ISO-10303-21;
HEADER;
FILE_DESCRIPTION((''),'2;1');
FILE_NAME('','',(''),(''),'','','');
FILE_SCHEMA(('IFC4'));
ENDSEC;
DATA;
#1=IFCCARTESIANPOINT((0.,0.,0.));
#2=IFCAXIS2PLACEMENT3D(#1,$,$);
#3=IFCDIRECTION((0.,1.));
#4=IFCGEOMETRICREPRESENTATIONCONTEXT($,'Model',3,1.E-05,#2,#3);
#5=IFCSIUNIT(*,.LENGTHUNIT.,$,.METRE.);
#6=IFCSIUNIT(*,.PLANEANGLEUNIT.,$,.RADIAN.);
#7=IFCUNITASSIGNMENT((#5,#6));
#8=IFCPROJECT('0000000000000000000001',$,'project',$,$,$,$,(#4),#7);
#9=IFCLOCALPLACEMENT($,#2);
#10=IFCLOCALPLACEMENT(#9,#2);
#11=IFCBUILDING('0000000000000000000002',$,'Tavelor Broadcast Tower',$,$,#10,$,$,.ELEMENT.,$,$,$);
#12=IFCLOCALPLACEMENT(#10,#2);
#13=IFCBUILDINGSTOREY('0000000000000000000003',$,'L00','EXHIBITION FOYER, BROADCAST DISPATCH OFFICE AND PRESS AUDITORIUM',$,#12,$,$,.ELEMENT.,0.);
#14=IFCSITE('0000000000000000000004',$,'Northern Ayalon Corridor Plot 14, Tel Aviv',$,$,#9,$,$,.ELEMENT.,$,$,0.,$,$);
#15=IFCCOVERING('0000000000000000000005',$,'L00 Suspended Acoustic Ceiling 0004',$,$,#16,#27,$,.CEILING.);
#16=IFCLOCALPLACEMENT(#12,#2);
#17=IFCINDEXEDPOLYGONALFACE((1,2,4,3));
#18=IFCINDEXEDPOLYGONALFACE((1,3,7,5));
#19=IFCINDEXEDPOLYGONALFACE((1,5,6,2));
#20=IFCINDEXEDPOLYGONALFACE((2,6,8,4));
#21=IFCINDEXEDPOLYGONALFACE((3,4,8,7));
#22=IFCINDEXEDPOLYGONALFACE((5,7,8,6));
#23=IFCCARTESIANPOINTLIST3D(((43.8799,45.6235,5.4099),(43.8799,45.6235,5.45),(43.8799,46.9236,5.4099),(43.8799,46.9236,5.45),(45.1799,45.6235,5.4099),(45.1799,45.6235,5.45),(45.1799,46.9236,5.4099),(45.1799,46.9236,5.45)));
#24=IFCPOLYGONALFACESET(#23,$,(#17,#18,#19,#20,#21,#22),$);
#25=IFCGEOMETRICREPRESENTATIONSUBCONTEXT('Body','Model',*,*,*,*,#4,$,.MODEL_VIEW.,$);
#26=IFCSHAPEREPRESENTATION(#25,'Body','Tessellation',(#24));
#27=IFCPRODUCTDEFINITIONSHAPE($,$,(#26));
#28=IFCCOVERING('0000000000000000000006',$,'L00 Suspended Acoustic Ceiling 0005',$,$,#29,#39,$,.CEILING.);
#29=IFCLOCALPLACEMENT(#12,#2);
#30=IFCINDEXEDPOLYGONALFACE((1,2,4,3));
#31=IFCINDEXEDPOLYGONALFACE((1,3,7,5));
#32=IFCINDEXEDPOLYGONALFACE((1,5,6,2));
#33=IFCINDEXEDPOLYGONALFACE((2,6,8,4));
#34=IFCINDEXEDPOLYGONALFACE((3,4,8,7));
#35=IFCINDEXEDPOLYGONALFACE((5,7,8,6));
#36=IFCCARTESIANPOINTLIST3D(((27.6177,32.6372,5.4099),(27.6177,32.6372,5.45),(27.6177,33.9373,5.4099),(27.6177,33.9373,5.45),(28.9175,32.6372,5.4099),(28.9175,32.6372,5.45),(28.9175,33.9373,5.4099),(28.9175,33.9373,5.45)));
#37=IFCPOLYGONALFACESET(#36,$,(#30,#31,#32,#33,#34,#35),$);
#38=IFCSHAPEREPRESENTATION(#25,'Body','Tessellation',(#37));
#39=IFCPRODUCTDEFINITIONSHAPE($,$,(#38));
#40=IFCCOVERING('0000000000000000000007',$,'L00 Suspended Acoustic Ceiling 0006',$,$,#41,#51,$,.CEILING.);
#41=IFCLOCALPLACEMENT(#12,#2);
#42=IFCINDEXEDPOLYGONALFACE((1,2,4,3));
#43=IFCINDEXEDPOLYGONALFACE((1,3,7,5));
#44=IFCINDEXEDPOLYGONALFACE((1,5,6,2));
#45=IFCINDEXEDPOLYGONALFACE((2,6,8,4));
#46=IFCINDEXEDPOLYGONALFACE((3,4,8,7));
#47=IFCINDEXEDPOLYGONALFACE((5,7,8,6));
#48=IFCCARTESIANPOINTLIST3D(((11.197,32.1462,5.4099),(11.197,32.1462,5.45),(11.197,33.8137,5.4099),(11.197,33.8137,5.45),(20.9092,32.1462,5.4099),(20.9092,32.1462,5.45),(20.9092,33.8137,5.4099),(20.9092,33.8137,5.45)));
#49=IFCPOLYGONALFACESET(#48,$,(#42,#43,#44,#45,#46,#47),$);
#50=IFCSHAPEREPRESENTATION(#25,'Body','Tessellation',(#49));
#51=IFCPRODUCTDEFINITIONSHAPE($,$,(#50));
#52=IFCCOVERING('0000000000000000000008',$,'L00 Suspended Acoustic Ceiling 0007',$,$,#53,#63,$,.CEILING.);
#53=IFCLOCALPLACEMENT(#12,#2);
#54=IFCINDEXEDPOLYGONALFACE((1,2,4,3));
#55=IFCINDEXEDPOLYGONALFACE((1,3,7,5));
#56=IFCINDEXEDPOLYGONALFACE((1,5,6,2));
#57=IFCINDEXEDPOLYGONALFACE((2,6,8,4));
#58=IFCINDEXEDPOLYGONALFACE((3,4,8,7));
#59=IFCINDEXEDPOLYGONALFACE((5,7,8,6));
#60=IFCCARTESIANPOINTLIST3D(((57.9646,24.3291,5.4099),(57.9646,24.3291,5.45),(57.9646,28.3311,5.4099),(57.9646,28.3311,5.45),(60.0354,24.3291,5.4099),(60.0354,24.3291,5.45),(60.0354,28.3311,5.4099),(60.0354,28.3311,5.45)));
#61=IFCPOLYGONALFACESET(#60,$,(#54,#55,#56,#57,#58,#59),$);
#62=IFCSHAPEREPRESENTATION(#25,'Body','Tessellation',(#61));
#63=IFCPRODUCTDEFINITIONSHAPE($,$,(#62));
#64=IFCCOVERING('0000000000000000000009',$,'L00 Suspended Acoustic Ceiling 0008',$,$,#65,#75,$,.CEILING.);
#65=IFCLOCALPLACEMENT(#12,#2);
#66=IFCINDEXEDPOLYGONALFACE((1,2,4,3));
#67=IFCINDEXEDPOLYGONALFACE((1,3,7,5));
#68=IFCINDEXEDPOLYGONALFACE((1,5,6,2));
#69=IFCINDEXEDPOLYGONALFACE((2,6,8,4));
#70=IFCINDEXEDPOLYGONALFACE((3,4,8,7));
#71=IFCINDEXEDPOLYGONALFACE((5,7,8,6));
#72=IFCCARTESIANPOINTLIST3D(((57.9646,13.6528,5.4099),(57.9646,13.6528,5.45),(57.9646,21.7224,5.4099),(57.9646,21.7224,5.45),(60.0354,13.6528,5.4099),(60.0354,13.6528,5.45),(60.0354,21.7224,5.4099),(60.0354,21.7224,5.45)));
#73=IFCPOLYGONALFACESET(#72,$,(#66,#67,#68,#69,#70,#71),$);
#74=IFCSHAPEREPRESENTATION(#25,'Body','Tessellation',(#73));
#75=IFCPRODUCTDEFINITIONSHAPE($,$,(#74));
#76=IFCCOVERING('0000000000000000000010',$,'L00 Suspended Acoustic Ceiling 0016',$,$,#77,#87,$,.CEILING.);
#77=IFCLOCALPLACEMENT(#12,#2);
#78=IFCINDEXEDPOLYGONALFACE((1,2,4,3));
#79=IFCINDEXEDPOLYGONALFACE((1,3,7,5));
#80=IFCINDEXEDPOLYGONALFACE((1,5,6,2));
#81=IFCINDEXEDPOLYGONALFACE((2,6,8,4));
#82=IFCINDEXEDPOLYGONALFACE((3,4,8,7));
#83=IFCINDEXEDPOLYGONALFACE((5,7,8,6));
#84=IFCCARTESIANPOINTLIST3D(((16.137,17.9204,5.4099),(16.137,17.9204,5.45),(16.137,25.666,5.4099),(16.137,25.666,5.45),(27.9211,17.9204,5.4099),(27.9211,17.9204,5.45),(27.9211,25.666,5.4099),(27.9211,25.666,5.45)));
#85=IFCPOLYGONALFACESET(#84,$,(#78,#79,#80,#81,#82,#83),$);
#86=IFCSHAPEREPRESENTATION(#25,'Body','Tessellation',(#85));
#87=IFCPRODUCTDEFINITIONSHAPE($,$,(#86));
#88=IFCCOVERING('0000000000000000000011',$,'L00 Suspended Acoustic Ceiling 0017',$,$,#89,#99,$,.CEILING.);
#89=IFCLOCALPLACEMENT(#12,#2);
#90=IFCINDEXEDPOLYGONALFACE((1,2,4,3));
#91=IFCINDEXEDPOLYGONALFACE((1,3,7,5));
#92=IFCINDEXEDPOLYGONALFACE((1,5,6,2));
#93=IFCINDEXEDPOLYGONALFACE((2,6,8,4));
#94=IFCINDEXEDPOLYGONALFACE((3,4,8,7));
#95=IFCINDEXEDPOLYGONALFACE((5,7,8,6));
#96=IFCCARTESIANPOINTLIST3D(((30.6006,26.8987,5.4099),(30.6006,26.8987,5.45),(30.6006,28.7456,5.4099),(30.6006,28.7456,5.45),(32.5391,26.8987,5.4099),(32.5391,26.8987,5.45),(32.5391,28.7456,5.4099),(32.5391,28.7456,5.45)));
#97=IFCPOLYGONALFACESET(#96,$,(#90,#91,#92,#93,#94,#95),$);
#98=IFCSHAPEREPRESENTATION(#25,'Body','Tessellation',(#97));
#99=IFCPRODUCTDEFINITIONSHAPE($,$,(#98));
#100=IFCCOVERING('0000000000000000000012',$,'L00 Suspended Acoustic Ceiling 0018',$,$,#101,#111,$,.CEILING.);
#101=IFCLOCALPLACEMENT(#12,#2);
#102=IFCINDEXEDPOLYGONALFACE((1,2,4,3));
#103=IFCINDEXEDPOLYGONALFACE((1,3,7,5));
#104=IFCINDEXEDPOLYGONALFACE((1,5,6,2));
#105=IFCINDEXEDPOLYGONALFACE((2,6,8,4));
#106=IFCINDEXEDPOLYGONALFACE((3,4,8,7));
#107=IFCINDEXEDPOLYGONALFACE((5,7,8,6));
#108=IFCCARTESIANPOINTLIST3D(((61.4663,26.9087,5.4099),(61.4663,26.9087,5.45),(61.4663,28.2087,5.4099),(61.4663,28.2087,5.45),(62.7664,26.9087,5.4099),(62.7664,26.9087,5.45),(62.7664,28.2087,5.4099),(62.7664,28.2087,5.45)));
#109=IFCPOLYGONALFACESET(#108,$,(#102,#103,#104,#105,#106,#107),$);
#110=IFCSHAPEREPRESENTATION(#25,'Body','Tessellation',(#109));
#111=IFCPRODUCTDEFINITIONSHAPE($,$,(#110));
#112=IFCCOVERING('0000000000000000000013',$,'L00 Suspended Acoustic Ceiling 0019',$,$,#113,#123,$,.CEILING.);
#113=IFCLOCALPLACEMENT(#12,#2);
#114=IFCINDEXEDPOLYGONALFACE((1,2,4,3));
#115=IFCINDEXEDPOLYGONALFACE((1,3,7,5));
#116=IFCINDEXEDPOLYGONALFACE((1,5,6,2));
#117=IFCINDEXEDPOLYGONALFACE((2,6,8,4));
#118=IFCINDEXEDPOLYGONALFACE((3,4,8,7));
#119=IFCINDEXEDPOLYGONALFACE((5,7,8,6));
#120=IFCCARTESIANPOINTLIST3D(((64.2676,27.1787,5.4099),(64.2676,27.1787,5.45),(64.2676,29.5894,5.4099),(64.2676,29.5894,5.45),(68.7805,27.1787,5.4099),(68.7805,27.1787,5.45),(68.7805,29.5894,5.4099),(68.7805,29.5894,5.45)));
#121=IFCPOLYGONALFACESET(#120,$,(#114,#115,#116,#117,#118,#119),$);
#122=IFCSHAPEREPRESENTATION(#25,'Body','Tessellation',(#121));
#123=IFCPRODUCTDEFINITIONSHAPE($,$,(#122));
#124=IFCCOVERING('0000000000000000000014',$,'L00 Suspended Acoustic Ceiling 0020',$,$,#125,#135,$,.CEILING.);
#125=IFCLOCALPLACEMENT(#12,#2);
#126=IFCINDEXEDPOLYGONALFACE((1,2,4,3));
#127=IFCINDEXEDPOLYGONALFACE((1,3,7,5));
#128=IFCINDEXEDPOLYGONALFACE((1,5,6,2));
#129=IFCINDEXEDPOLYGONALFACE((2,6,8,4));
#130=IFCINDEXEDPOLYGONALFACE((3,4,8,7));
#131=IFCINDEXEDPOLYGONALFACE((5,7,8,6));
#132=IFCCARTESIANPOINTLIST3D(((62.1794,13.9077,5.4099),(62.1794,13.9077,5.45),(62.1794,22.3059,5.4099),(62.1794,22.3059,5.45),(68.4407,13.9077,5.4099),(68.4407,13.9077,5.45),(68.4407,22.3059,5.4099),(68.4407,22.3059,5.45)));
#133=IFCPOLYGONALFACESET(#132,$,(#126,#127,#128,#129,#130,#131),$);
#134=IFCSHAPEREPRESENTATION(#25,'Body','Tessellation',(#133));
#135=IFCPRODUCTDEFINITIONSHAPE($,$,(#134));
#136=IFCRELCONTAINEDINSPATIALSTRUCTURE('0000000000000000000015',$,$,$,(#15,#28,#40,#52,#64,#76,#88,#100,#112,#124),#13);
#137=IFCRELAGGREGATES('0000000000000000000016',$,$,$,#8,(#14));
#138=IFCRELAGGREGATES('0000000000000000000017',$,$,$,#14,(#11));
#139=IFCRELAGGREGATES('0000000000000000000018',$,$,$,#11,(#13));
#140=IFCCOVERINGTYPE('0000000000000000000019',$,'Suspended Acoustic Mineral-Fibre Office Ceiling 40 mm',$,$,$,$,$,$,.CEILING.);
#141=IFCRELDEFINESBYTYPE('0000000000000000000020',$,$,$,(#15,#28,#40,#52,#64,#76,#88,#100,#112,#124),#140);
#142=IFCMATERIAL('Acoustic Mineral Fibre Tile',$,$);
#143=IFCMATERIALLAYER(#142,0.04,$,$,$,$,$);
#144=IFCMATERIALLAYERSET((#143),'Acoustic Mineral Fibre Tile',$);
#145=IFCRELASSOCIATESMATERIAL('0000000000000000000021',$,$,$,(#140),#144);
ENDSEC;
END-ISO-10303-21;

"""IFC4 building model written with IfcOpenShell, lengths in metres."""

from ifc_helpers import new_model, si_unit, direction, frame, origin, place, context, subcontext, project, spatial, polyline, outline, extrude, material, layer, layer_set, type_object, element, save


model = new_model("IFC4")

# Units and contexts
model_context = context("Model", 3, precision=1e-05, world=origin(), true_north=direction((0.0, 1.0)))
body_context = subcontext(model_context, "Body", "Model", "MODEL_VIEW")
ifc_project = project(units=[si_unit("LENGTHUNIT", "METRE"), si_unit("PLANEANGLEUNIT", "RADIAN")], contexts=[model_context])

# Site, building, storey
site_placement = place(None, origin())
site = spatial("IfcSite", under=ifc_project, at=site_placement, Name="Northern Ayalon Corridor Plot 14, Tel Aviv", CompositionType="ELEMENT", RefElevation=0.0)
building_placement = place(site_placement, origin())
building = spatial("IfcBuilding", under=site, at=building_placement, Name="Tavelor Broadcast Tower", CompositionType="ELEMENT")
storey_placement = place(building_placement, origin())
storey = spatial("IfcBuildingStorey", under=building, at=storey_placement, Name="L00", Description="EXHIBITION FOYER, BROADCAST DISPATCH OFFICE AND PRESS AUDITORIUM", CompositionType="ELEMENT", Elevation=0.0)

# Coverings
ifc_material_1 = material(Name="Acoustic Mineral Fibre Tile")
ifc_layer_1 = layer(ifc_material_1, 0.04)
ifc_layer_set_1 = layer_set([ifc_layer_1], Name="Acoustic Mineral Fibre Tile")
covering_type_1 = type_object("IfcCoveringType", Name="Suspended Acoustic Mineral-Fibre Office Ceiling 40 mm", PredefinedType="CEILING", material=ifc_layer_set_1)
covering_1_placement = place(storey_placement, frame((0.0, 0.0, 5.4099)))
element("IfcCovering", 1, at=covering_1_placement, inside=storey, type_object=covering_type_1, Name="L00 Suspended Acoustic Ceiling 0004", PredefinedType="CEILING", context=body_context, shape_type="SweptSolid", body=[
    extrude(outline(polyline([(43.8799, 45.6235), (45.1799, 45.6235), (45.1799, 46.9236), (43.8799, 46.9236), (43.8799, 45.6235)])), origin(), (0.0, 0.0, 1.0), 0.04),
])
covering_2_placement = place(storey_placement, frame((0.0, 0.0, 5.4099)))
element("IfcCovering", 2, at=covering_2_placement, inside=storey, type_object=covering_type_1, Name="L00 Suspended Acoustic Ceiling 0005", PredefinedType="CEILING", context=body_context, shape_type="SweptSolid", body=[
    extrude(outline(polyline([(27.6177, 32.6372), (28.9175, 32.6372), (28.9175, 33.9373), (27.6177, 33.9373), (27.6177, 32.6372)])), origin(), (0.0, 0.0, 1.0), 0.04),
])
covering_3_placement = place(storey_placement, frame((0.0, 0.0, 5.4099)))
element("IfcCovering", 3, at=covering_3_placement, inside=storey, type_object=covering_type_1, Name="L00 Suspended Acoustic Ceiling 0006", PredefinedType="CEILING", context=body_context, shape_type="SweptSolid", body=[
    extrude(outline(polyline([(11.197, 32.1462), (20.9092, 32.1462), (20.9092, 33.8137), (11.197, 33.8137), (11.197, 32.1462)])), origin(), (0.0, 0.0, 1.0), 0.04),
])
covering_4_placement = place(storey_placement, frame((0.0, 0.0, 5.4099)))
element("IfcCovering", 4, at=covering_4_placement, inside=storey, type_object=covering_type_1, Name="L00 Suspended Acoustic Ceiling 0007", PredefinedType="CEILING", context=body_context, shape_type="SweptSolid", body=[
    extrude(outline(polyline([(57.9646, 24.3291), (60.0354, 24.3291), (60.0354, 28.3311), (57.9646, 28.3311), (57.9646, 24.3291)])), origin(), (0.0, 0.0, 1.0), 0.04),
])
covering_5_placement = place(storey_placement, frame((0.0, 0.0, 5.4099)))
element("IfcCovering", 5, at=covering_5_placement, inside=storey, type_object=covering_type_1, Name="L00 Suspended Acoustic Ceiling 0008", PredefinedType="CEILING", context=body_context, shape_type="SweptSolid", body=[
    extrude(outline(polyline([(57.9646, 13.6528), (60.0354, 13.6528), (60.0354, 21.7224), (57.9646, 21.7224), (57.9646, 13.6528)])), origin(), (0.0, 0.0, 1.0), 0.04),
])
covering_6_placement = place(storey_placement, frame((0.0, 0.0, 5.4099)))
element("IfcCovering", 6, at=covering_6_placement, inside=storey, type_object=covering_type_1, Name="L00 Suspended Acoustic Ceiling 0016", PredefinedType="CEILING", context=body_context, shape_type="SweptSolid", body=[
    extrude(outline(polyline([(16.137, 17.9204), (27.9211, 17.9204), (27.9211, 25.666), (16.137, 25.666), (16.137, 17.9204)])), origin(), (0.0, 0.0, 1.0), 0.04),
])
covering_7_placement = place(storey_placement, frame((0.0, 0.0, 5.4099)))
element("IfcCovering", 7, at=covering_7_placement, inside=storey, type_object=covering_type_1, Name="L00 Suspended Acoustic Ceiling 0017", PredefinedType="CEILING", context=body_context, shape_type="SweptSolid", body=[
    extrude(outline(polyline([(30.6006, 26.8987), (32.5391, 26.8987), (32.5391, 28.7456), (30.6006, 28.7456), (30.6006, 26.8987)])), origin(), (0.0, 0.0, 1.0), 0.04),
])
covering_8_placement = place(storey_placement, frame((0.0, 0.0, 5.4099)))
element("IfcCovering", 8, at=covering_8_placement, inside=storey, type_object=covering_type_1, Name="L00 Suspended Acoustic Ceiling 0018", PredefinedType="CEILING", context=body_context, shape_type="SweptSolid", body=[
    extrude(outline(polyline([(61.4663, 26.9087), (62.7664, 26.9087), (62.7664, 28.2087), (61.4663, 28.2087), (61.4663, 26.9087)])), origin(), (0.0, 0.0, 1.0), 0.04),
])
covering_9_placement = place(storey_placement, frame((0.0, 0.0, 5.4099)))
element("IfcCovering", 9, at=covering_9_placement, inside=storey, type_object=covering_type_1, Name="L00 Suspended Acoustic Ceiling 0019", PredefinedType="CEILING", context=body_context, shape_type="SweptSolid", body=[
    extrude(outline(polyline([(64.2676, 27.1787), (68.7805, 27.1787), (68.7805, 29.5894), (64.2676, 29.5894), (64.2676, 27.1787)])), origin(), (0.0, 0.0, 1.0), 0.04),
])
covering_10_placement = place(storey_placement, frame((0.0, 0.0, 5.4099)))
element("IfcCovering", 10, at=covering_10_placement, inside=storey, type_object=covering_type_1, Name="L00 Suspended Acoustic Ceiling 0020", PredefinedType="CEILING", context=body_context, shape_type="SweptSolid", body=[
    extrude(outline(polyline([(62.1794, 13.9077), (68.4407, 13.9077), (68.4407, 22.3059), (62.1794, 22.3059), (62.1794, 13.9077)])), origin(), (0.0, 0.0, 1.0), 0.04),
])

save(model, "model.ifc")
